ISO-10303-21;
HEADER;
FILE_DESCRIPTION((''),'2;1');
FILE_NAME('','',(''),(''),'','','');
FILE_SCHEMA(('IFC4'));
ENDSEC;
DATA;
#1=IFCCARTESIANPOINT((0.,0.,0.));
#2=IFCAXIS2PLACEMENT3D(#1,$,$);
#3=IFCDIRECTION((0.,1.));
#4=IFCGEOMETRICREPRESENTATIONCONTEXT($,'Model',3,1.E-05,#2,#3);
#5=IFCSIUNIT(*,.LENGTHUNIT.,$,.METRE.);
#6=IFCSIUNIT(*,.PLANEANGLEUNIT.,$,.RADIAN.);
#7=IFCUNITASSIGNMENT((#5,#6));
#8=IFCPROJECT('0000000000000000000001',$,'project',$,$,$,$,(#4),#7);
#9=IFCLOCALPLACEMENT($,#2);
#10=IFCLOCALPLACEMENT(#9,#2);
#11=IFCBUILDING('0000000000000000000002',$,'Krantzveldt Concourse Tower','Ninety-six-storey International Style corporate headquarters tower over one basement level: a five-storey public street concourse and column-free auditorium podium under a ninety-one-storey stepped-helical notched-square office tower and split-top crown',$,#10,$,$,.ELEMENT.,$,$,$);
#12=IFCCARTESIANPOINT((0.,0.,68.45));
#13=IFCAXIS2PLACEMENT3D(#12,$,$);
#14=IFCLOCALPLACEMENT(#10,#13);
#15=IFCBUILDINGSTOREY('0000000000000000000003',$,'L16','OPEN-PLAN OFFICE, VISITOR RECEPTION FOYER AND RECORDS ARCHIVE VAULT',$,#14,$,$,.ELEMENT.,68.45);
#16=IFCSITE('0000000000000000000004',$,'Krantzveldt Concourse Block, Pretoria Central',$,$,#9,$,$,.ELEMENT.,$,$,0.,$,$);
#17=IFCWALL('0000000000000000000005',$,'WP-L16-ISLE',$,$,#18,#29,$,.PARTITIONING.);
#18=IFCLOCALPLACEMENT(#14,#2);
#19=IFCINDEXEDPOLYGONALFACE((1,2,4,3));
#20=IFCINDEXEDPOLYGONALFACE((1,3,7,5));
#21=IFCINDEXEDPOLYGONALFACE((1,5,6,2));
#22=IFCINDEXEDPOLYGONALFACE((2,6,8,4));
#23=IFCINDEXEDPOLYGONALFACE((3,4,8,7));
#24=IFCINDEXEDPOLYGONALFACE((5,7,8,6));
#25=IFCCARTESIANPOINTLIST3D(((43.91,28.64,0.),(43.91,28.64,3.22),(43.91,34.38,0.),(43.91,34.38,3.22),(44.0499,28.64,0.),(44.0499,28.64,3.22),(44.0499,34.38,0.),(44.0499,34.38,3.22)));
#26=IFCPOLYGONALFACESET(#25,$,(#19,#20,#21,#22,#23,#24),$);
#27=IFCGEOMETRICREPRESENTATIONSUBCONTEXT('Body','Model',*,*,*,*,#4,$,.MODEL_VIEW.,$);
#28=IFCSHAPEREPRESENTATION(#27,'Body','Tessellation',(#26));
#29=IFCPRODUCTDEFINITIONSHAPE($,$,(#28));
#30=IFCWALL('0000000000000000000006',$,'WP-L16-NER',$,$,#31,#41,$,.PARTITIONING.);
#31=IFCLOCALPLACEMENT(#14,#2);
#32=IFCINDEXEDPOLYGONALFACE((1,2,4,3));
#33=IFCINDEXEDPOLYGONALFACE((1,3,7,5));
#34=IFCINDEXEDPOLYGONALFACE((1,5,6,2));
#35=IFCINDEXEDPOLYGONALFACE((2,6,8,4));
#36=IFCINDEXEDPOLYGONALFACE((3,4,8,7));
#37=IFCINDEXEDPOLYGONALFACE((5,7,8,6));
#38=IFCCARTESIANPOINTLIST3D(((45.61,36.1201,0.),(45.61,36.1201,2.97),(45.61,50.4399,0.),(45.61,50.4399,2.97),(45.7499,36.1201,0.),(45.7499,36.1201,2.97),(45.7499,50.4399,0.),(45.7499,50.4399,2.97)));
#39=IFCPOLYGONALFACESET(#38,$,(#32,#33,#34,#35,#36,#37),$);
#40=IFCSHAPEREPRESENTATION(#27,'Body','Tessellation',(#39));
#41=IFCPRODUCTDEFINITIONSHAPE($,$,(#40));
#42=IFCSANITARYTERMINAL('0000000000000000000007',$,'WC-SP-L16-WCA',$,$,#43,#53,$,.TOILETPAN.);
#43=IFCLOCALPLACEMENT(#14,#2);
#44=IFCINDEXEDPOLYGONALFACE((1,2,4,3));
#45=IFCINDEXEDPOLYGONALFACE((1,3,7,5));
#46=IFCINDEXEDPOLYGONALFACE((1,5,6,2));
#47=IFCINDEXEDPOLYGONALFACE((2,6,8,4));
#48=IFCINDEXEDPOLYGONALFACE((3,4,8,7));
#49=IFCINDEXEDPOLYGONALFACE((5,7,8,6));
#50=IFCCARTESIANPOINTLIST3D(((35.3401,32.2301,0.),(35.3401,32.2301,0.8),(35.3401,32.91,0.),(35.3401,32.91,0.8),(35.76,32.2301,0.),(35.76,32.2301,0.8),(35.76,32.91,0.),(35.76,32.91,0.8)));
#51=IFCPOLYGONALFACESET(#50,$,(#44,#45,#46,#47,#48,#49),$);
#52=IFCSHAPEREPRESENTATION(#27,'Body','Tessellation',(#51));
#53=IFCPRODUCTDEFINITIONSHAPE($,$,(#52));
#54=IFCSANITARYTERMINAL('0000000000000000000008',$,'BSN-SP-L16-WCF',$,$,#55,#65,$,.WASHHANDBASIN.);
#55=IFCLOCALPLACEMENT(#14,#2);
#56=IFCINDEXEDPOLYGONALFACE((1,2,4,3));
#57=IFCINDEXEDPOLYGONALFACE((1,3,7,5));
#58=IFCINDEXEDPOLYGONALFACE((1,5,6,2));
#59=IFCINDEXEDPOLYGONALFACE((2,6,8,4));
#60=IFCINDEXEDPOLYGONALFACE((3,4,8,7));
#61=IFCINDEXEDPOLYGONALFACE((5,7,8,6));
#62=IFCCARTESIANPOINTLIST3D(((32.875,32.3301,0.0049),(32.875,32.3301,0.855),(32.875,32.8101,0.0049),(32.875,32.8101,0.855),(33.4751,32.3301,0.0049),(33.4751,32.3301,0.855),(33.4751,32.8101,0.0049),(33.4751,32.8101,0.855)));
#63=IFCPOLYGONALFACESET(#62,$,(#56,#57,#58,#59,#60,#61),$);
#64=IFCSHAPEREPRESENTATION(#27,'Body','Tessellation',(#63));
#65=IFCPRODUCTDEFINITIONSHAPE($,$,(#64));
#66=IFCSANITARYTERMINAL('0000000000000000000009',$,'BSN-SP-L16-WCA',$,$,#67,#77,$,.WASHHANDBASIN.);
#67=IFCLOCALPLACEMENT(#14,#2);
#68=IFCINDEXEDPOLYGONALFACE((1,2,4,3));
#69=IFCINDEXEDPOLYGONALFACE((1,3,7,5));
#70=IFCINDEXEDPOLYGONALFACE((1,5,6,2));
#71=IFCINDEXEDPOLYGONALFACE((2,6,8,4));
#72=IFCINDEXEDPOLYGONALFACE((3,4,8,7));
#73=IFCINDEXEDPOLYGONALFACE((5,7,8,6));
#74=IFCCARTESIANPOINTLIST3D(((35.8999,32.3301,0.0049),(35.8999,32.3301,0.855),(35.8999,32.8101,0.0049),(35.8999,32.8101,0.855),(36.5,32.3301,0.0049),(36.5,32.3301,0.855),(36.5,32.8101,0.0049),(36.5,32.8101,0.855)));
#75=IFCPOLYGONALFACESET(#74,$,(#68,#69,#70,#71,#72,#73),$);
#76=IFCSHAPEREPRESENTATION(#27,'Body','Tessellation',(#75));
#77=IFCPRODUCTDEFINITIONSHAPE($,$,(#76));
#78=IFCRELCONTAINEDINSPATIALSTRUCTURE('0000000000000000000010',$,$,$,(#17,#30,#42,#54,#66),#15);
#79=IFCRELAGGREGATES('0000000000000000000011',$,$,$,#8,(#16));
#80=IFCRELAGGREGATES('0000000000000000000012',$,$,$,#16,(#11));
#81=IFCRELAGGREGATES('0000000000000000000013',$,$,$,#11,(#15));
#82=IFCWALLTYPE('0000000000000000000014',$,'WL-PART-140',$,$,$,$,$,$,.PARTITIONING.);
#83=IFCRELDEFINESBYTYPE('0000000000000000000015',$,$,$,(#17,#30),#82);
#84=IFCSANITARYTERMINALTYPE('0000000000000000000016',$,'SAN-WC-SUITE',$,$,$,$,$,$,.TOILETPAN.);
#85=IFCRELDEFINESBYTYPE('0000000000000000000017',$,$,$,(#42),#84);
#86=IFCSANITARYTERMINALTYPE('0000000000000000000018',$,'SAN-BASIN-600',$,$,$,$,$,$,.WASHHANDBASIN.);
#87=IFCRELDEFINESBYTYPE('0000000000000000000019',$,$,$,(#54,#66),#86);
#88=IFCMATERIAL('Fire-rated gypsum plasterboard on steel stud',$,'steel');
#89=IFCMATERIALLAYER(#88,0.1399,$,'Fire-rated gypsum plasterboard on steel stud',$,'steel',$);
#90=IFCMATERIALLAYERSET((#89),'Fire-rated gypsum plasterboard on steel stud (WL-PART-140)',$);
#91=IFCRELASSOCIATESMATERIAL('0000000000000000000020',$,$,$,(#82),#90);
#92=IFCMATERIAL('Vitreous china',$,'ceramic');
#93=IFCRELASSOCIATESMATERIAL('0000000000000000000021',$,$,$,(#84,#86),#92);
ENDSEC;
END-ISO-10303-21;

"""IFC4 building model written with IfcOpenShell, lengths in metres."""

from ifc_helpers import new_model, si_unit, direction, frame, frame_2d, origin, origin_2d, place, context, subcontext, project, spatial, rectangle, extrude, source, transform, mapped, material, layer, layer_set, type_object, type_shapes, element, save


model = new_model("IFC4")

# Units and contexts
model_context = context("Model", 3, precision=1e-05, world=origin(), true_north=direction((0.0, 1.0)))
body_context = subcontext(model_context, "Body", "Model", "MODEL_VIEW")
ifc_project = project(units=[si_unit("LENGTHUNIT", "METRE"), si_unit("PLANEANGLEUNIT", "RADIAN")], contexts=[model_context])

# Site, building, storey
site_placement = place(None, origin())
site = spatial("IfcSite", under=ifc_project, at=site_placement, Name="Krantzveldt Concourse Block, Pretoria Central", CompositionType="ELEMENT", RefElevation=0.0)
building_placement = place(site_placement, origin())
building = spatial("IfcBuilding", under=site, at=building_placement, Name="Krantzveldt Concourse Tower", Description="Ninety-six-storey International Style corporate headquarters tower over one basement level: a five-storey public street concourse and column-free auditorium podium under a ninety-one-storey stepped-helical notched-square office tower and split-top crown", CompositionType="ELEMENT")
storey_placement = place(building_placement, frame((0.0, 0.0, 68.45)))
storey = spatial("IfcBuildingStorey", under=building, at=storey_placement, Name="L16", Description="OPEN-PLAN OFFICE, VISITOR RECEPTION FOYER AND RECORDS ARCHIVE VAULT", CompositionType="ELEMENT", Elevation=68.45)

# Walls
ifc_material_1 = material(Name="Fire-rated gypsum plasterboard on steel stud", Category="steel")
ifc_layer_1 = layer(ifc_material_1, 0.1399, Name="Fire-rated gypsum plasterboard on steel stud", Category="steel")
ifc_layer_set_1 = layer_set([ifc_layer_1], Name="Fire-rated gypsum plasterboard on steel stud (WL-PART-140)")
wall_type_1 = type_object("IfcWallType", Name="WL-PART-140", PredefinedType="PARTITIONING", material=ifc_layer_set_1)
wall_1_placement = place(storey_placement, frame((43.98, 28.6399, 0.0), z_axis=(0.0, 0.0, 1.0), x_axis=(0.0, 1.0, 0.0)))
element("IfcWall", 1, at=wall_1_placement, inside=storey, type_object=wall_type_1, Name="WP-L16-ISLE", PredefinedType="PARTITIONING", context=body_context, shape_type="SweptSolid", body=[
    extrude(rectangle(XDim=5.74, YDim=0.1399, at=frame_2d((2.8701, 0.0))), origin(), (0.0, 0.0, 1.0), 3.22),
])
wall_2_placement = place(storey_placement, frame((45.6799, 36.1201, 0.0), z_axis=(0.0, 0.0, 1.0), x_axis=(0.0, 1.0, 0.0)))
element("IfcWall", 2, at=wall_2_placement, inside=storey, type_object=wall_type_1, Name="WP-L16-NER", PredefinedType="PARTITIONING", context=body_context, shape_type="SweptSolid", body=[
    extrude(rectangle(XDim=14.3198, YDim=0.1399, at=frame_2d((7.1599, 0.0))), origin(), (0.0, 0.0, 1.0), 2.97),
])

# Sanitary terminals
ifc_material_2 = material(Name="Vitreous china", Category="ceramic")
sanitary_terminal_type_1 = type_object("IfcSanitaryTerminalType", Name="SAN-WC-SUITE", PredefinedType="TOILETPAN", material=ifc_material_2)
shared_shape_1 = source(origin(), body_context, "Body", "SweptSolid", [
    extrude(rectangle(XDim=0.4199, YDim=0.6799, at=origin_2d()), origin(), (0.0, 0.0, 1.0), 0.8),
])
type_shapes(sanitary_terminal_type_1, [shared_shape_1])
sanitary_terminal_placement = place(storey_placement, frame((35.55, 32.5701, 0.0), z_axis=(0.0, 0.0, 1.0), x_axis=(1.0, 0.0, 0.0)))
element("IfcSanitaryTerminal", 3, at=sanitary_terminal_placement, inside=storey, type_object=sanitary_terminal_type_1, Name="WC-SP-L16-WCA", PredefinedType="TOILETPAN", context=body_context, shape_type="MappedRepresentation", body=[
    mapped(shared_shape_1, transform((0.0, 0.0, 0.0), x_axis=(1.0, 0.0, 0.0), y_axis=(0.0, 1.0, 0.0), z_axis=(0.0, 0.0, 1.0), scale=1.0)),
])
sanitary_terminal_type_2 = type_object("IfcSanitaryTerminalType", Name="SAN-BASIN-600", PredefinedType="WASHHANDBASIN", material=ifc_material_2)
shared_shape_2 = source(origin(), body_context, "Body", "SweptSolid", [
    extrude(rectangle(XDim=0.6001, YDim=0.48, at=origin_2d()), origin(), (0.0, 0.0, 1.0), 0.8501),
])
type_shapes(sanitary_terminal_type_2, [shared_shape_2])
for number, where, z_axis, x_axis, name in (
    (4, (33.175, 32.5701, 0.0049), (0.0, 0.0, 1.0), (1.0, 0.0, 0.0), "BSN-SP-L16-WCF"),
    (5, (36.2, 32.5701, 0.0049), (0.0, 0.0, 1.0), (1.0, 0.0, 0.0), "BSN-SP-L16-WCA"),
):
    element("IfcSanitaryTerminal", number, at=place(storey_placement, frame(where, z_axis=z_axis, x_axis=x_axis)), inside=storey, type_object=sanitary_terminal_type_2, Name=name, PredefinedType="WASHHANDBASIN", context=body_context, shape_type="MappedRepresentation", body=[
        mapped(shared_shape_2, transform((0.0, 0.0, 0.0), x_axis=(1.0, 0.0, 0.0), y_axis=(0.0, 1.0, 0.0), z_axis=(0.0, 0.0, 1.0), scale=1.0)),
    ])

save(model, "model.ifc")
